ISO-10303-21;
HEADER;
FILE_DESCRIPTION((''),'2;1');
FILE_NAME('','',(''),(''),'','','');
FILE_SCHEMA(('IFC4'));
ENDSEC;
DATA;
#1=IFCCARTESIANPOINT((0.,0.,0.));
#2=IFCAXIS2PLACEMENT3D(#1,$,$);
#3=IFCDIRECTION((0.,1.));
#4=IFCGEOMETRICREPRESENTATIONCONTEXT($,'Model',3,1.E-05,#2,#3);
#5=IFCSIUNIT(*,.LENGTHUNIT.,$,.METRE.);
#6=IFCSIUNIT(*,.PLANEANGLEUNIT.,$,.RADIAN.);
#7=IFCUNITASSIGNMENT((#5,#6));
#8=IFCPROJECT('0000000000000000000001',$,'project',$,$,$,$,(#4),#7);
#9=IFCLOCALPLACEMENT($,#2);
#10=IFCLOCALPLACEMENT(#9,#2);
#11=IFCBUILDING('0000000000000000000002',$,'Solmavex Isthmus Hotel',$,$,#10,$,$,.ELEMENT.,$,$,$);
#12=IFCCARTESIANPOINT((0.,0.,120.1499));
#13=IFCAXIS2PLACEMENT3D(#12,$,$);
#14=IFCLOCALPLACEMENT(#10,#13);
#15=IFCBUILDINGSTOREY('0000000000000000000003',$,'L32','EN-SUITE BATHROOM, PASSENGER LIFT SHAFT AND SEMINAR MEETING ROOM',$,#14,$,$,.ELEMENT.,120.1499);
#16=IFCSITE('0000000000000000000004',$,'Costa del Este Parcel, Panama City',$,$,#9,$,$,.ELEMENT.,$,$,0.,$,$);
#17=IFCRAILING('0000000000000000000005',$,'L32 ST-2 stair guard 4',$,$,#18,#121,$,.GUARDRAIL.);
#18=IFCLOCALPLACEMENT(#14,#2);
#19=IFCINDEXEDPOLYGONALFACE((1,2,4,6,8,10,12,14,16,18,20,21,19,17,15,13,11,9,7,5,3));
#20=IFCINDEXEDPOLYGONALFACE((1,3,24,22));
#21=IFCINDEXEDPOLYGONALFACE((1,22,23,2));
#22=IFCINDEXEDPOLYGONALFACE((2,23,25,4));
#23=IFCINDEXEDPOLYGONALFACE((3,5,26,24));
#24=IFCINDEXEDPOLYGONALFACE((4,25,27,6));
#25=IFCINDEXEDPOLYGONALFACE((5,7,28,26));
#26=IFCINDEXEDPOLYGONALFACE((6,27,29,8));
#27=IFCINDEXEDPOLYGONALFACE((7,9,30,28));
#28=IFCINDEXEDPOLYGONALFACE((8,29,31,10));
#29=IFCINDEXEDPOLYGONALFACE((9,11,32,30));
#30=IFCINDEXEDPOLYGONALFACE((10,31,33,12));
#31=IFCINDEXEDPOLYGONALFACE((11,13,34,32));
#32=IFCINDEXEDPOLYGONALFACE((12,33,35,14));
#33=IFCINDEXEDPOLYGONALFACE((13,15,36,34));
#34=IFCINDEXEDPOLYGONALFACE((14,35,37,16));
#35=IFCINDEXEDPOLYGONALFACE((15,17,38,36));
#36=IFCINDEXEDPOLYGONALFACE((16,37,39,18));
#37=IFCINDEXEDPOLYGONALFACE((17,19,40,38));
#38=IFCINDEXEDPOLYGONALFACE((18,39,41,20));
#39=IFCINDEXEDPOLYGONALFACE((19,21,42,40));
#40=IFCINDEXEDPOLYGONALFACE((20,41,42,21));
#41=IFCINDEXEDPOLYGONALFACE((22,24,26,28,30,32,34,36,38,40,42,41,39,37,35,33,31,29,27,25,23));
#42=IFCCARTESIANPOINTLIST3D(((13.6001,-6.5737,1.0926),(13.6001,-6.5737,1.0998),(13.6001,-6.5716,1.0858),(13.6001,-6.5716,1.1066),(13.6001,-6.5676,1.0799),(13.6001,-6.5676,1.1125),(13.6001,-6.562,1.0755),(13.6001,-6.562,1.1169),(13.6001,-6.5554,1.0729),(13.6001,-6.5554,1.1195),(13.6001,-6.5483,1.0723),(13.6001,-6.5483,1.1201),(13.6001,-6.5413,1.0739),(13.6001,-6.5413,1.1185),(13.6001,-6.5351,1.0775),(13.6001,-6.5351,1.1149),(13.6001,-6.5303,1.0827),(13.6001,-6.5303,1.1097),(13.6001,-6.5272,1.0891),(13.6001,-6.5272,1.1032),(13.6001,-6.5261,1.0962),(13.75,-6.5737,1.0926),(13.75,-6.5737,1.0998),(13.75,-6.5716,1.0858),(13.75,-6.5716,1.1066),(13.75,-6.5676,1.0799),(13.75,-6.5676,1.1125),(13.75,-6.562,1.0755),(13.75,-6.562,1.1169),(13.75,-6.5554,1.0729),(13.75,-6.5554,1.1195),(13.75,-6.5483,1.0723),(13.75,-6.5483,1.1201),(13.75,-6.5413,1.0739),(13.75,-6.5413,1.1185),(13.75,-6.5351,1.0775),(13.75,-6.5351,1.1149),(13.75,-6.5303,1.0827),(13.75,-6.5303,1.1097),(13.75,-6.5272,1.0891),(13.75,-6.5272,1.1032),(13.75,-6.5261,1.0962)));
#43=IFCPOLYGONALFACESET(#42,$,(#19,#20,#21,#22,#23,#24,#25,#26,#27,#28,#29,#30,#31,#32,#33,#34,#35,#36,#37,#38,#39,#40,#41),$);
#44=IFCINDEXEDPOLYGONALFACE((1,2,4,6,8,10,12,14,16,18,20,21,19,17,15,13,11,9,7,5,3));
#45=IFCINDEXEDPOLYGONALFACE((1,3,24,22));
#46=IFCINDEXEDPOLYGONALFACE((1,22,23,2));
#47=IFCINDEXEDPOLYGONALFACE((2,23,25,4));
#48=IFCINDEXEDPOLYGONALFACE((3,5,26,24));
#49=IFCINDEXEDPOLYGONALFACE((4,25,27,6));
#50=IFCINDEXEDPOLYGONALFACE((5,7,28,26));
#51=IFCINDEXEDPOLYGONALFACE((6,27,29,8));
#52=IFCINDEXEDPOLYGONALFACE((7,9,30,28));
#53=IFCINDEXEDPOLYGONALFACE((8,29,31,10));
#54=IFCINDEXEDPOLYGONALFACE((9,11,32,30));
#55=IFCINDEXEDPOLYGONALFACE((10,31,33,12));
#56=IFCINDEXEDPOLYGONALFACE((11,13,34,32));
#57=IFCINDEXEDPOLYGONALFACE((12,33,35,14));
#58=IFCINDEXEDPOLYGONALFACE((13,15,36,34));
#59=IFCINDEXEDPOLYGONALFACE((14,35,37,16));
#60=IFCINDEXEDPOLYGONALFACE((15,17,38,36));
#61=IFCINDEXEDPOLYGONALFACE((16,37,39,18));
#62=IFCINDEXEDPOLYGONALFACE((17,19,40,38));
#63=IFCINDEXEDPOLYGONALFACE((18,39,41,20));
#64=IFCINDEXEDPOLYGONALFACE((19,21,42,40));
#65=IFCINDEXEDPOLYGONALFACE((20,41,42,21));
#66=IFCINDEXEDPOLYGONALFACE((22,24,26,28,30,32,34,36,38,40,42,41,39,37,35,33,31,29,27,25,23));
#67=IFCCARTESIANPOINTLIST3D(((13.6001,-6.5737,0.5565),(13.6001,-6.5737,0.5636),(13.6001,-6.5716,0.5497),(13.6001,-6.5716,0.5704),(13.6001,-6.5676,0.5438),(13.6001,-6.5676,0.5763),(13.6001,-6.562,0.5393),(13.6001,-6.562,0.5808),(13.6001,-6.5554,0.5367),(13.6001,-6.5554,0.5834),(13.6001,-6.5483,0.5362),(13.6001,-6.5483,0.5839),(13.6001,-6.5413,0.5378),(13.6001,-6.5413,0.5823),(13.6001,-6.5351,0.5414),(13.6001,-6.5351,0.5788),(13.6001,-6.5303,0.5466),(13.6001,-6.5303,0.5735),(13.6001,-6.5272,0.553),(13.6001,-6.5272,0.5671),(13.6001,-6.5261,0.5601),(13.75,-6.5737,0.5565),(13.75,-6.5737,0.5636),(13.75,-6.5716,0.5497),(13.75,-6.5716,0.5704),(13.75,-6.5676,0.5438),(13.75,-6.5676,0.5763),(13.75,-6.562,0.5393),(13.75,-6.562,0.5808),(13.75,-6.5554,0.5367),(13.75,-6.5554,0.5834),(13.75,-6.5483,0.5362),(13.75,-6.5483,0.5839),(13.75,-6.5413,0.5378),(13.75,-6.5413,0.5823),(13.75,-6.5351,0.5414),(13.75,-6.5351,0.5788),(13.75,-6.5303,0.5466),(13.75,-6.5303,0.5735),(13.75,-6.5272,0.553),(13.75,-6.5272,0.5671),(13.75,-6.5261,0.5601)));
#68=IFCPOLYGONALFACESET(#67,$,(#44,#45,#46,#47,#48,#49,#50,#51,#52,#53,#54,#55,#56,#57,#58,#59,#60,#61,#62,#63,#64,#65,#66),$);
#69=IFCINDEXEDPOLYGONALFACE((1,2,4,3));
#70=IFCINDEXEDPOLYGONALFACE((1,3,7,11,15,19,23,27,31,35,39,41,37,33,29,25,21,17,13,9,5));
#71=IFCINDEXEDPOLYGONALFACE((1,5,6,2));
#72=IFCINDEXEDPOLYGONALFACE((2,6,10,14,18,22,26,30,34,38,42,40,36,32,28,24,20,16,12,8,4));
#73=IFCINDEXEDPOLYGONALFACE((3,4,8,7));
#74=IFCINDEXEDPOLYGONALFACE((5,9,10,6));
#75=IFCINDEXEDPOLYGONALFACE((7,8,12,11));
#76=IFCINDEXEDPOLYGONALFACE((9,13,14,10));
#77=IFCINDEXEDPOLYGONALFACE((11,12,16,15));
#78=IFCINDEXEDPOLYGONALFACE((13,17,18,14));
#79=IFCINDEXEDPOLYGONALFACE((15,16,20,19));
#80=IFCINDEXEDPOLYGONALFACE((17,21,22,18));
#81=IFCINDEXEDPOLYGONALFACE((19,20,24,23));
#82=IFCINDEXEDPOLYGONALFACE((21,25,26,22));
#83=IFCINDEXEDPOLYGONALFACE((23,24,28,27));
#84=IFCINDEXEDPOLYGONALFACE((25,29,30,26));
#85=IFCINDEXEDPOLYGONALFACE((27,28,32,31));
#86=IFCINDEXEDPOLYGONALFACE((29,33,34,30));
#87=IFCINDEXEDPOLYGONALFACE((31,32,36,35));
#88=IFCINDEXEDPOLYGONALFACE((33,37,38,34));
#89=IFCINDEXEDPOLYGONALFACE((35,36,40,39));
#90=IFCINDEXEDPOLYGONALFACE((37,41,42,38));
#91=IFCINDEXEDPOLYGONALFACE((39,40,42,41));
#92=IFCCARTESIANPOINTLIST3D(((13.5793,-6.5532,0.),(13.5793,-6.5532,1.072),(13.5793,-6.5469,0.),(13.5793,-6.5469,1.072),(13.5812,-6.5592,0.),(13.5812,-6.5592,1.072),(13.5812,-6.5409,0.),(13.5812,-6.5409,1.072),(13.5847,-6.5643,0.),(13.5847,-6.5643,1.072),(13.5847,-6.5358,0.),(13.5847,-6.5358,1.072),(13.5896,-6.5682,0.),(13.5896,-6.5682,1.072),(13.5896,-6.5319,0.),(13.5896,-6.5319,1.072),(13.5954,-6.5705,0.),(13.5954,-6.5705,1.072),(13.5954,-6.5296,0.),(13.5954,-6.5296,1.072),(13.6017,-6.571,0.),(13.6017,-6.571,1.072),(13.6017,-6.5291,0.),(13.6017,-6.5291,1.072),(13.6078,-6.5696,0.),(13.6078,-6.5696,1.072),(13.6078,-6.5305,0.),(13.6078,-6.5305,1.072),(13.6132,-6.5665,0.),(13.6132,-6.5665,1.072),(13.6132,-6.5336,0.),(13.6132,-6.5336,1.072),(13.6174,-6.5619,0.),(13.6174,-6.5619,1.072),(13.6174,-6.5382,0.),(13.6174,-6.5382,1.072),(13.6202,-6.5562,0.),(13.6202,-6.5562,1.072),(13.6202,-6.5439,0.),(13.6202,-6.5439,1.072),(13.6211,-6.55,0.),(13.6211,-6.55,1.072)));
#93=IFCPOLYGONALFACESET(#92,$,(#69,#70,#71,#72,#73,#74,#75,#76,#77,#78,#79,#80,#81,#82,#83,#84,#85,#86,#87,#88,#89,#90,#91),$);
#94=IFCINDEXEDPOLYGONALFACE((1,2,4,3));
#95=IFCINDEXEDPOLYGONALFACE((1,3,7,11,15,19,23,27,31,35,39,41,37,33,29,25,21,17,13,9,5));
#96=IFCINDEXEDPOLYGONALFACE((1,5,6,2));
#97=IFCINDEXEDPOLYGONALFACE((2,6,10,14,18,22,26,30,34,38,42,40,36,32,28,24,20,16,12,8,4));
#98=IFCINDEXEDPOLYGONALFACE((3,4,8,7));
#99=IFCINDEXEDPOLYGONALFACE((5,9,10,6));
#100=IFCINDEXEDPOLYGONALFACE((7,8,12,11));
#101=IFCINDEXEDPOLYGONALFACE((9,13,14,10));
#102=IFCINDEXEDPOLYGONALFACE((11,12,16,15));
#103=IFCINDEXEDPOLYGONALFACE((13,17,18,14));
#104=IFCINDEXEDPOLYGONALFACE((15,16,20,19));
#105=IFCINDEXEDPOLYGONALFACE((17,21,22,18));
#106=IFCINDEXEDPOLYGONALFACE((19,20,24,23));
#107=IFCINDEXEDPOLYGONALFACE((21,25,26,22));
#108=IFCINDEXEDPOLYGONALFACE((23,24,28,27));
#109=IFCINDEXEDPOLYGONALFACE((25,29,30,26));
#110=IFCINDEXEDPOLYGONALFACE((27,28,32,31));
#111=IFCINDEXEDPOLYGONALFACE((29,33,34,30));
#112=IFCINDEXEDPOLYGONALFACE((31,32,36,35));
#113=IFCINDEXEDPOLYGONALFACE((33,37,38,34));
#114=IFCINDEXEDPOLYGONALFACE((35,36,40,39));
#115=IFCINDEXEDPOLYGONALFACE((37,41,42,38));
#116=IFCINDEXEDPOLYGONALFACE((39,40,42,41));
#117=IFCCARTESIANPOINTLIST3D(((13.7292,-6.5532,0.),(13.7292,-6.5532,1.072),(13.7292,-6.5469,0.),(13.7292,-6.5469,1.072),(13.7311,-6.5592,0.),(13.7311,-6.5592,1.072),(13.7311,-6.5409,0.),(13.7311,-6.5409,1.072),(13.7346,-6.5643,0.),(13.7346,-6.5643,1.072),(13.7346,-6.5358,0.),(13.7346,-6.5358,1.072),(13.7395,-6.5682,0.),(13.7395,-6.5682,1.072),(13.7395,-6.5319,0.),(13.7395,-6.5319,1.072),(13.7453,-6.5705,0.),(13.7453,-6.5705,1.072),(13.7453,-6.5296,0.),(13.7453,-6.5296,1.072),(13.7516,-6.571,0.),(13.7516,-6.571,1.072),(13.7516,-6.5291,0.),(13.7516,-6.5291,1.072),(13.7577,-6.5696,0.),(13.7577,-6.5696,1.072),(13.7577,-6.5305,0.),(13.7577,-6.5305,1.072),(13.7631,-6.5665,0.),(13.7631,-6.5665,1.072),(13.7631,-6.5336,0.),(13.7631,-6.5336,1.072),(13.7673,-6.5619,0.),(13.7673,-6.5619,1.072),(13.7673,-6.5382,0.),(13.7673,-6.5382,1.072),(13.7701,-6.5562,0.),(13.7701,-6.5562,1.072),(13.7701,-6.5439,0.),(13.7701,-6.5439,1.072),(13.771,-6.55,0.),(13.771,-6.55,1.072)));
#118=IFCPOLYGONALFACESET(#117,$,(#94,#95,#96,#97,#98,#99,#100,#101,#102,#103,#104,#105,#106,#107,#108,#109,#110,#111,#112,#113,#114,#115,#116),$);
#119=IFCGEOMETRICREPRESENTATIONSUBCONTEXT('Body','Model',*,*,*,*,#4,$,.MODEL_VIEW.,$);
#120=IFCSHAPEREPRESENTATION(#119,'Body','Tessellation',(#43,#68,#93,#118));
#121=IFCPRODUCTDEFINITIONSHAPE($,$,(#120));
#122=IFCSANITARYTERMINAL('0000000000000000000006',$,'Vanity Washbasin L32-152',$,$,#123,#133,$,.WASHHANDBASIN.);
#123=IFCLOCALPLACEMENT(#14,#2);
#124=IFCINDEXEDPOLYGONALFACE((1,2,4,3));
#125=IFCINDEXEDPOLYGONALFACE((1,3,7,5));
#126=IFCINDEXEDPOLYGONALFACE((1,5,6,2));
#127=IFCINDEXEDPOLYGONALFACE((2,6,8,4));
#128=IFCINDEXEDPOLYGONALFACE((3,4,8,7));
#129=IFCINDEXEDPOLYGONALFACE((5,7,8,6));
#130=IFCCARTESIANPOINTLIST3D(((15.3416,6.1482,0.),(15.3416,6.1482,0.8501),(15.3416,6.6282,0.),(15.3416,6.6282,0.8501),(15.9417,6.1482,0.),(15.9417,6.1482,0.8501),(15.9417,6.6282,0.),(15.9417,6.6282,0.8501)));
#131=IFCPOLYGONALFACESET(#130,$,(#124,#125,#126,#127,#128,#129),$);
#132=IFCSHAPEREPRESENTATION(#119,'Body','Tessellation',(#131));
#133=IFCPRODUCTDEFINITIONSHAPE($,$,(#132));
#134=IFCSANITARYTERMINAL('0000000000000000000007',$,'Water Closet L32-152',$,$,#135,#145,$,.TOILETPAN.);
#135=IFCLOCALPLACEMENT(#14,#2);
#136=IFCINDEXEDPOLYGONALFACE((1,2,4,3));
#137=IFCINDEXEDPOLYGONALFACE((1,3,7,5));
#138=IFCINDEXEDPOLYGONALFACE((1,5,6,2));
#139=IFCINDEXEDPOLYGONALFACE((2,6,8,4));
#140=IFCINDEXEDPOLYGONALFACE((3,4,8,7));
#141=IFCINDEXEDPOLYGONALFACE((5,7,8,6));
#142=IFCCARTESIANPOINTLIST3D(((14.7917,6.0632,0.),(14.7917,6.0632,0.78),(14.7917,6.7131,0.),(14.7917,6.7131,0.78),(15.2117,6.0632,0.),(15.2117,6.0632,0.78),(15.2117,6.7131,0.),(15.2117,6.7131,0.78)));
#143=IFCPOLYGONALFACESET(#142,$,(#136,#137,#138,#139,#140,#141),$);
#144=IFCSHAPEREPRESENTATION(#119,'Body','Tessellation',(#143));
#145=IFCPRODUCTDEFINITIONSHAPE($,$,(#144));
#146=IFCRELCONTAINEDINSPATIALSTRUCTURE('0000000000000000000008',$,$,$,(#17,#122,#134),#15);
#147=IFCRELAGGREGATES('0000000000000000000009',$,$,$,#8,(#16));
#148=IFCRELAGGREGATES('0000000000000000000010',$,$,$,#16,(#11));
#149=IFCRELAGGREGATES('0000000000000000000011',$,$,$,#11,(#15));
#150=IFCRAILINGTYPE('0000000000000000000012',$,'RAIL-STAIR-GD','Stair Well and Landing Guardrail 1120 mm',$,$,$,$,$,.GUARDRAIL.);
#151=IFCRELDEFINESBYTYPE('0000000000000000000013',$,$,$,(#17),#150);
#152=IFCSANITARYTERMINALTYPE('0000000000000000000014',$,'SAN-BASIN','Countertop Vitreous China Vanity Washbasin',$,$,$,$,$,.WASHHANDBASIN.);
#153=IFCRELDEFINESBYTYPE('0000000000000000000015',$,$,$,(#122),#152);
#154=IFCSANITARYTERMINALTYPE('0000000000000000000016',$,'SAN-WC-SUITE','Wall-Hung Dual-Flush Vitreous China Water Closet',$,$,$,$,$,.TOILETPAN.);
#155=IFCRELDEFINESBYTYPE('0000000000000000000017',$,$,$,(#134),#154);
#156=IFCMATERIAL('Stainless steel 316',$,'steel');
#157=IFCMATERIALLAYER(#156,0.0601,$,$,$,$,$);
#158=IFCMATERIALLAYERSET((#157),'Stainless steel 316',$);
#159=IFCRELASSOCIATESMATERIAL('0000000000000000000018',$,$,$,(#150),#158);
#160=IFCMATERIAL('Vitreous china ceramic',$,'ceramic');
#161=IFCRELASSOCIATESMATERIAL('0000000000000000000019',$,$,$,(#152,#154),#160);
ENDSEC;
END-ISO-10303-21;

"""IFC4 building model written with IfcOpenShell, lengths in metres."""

from ifc_helpers import new_model, si_unit, direction, frame, origin, origin_2d, place, context, subcontext, project, spatial, rectangle, circle, extrude, material, layer, layer_set, type_object, element, save


model = new_model("IFC4")

# Units and contexts
model_context = context("Model", 3, precision=1e-05, world=origin(), true_north=direction((0.0, 1.0)))
body_context = subcontext(model_context, "Body", "Model", "MODEL_VIEW")
ifc_project = project(units=[si_unit("LENGTHUNIT", "METRE"), si_unit("PLANEANGLEUNIT", "RADIAN")], contexts=[model_context])

# Site, building, storey
site_placement = place(None, origin())
site = spatial("IfcSite", under=ifc_project, at=site_placement, Name="Costa del Este Parcel, Panama City", CompositionType="ELEMENT", RefElevation=0.0)
building_placement = place(site_placement, origin())
building = spatial("IfcBuilding", under=site, at=building_placement, Name="Solmavex Isthmus Hotel", CompositionType="ELEMENT")
storey_placement = place(building_placement, frame((0.0, 0.0, 120.1499)))
storey = spatial("IfcBuildingStorey", under=building, at=storey_placement, Name="L32", Description="EN-SUITE BATHROOM, PASSENGER LIFT SHAFT AND SEMINAR MEETING ROOM", CompositionType="ELEMENT", Elevation=120.1499)

# Railing
ifc_material_1 = material(Name="Stainless steel 316", Category="steel")
ifc_layer_1 = layer(ifc_material_1, 0.0601)
ifc_layer_set_1 = layer_set([ifc_layer_1], Name="Stainless steel 316")
railing_type_1 = type_object("IfcRailingType", Name="RAIL-STAIR-GD", Description="Stair Well and Landing Guardrail 1120 mm", PredefinedType="GUARDRAIL", material=ifc_layer_set_1)
railing_1_placement = place(storey_placement, frame((13.6001, -6.55, 0.0)))
element("IfcRailing", 1, at=railing_1_placement, inside=storey, type_object=railing_type_1, Name="L32 ST-2 stair guard 4", PredefinedType="GUARDRAIL", context=body_context, shape_type="SweptSolid", body=[
    extrude(circle(Radius=0.0239, at=origin_2d()), frame((0.0, 0.0, 1.0962), z_axis=(1.0, 0.0, 0.0), x_axis=(0.0, 1.0, 0.0)), (0.0, 0.0, 1.0), 0.1499),
    extrude(circle(Radius=0.0239, at=origin_2d()), frame((0.0, 0.0, 0.5601), z_axis=(1.0, 0.0, 0.0), x_axis=(0.0, 1.0, 0.0)), (0.0, 0.0, 1.0), 0.1499),
    extrude(circle(Radius=0.021, at=origin_2d()), origin(), (0.0, 0.0, 1.0), 1.072),
    extrude(circle(Radius=0.021, at=origin_2d()), frame((0.1499, 0.0, 0.0)), (0.0, 0.0, 1.0), 1.072),
])

# Sanitary terminals
ifc_material_2 = material(Name="Vitreous china ceramic", Category="ceramic")
sanitary_terminal_type_1 = type_object("IfcSanitaryTerminalType", Name="SAN-BASIN", Description="Countertop Vitreous China Vanity Washbasin", PredefinedType="WASHHANDBASIN", material=ifc_material_2)
sanitary_terminal_1_placement = place(storey_placement, frame((15.6416, 6.3882, 0.0), z_axis=(0.0, 0.0, 1.0), x_axis=(1.0, 0.0, 0.0)))
element("IfcSanitaryTerminal", 2, at=sanitary_terminal_1_placement, inside=storey, type_object=sanitary_terminal_type_1, Name="Vanity Washbasin L32-152", PredefinedType="WASHHANDBASIN", context=body_context, shape_type="SweptSolid", body=[
    extrude(rectangle(XDim=0.6001, YDim=0.48, at=origin_2d()), origin(), (0.0, 0.0, 1.0), 0.8501),
])
sanitary_terminal_type_2 = type_object("IfcSanitaryTerminalType", Name="SAN-WC-SUITE", Description="Wall-Hung Dual-Flush Vitreous China Water Closet", PredefinedType="TOILETPAN", material=ifc_material_2)
sanitary_terminal_2_placement = place(storey_placement, frame((15.0017, 6.3882, 0.0), z_axis=(0.0, 0.0, 1.0), x_axis=(1.0, 0.0, 0.0)))
element("IfcSanitaryTerminal", 3, at=sanitary_terminal_2_placement, inside=storey, type_object=sanitary_terminal_type_2, Name="Water Closet L32-152", PredefinedType="TOILETPAN", context=body_context, shape_type="SweptSolid", body=[
    extrude(rectangle(XDim=0.4199, YDim=0.6499, at=origin_2d()), origin(), (0.0, 0.0, 1.0), 0.78),
])

save(model, "model.ifc")
